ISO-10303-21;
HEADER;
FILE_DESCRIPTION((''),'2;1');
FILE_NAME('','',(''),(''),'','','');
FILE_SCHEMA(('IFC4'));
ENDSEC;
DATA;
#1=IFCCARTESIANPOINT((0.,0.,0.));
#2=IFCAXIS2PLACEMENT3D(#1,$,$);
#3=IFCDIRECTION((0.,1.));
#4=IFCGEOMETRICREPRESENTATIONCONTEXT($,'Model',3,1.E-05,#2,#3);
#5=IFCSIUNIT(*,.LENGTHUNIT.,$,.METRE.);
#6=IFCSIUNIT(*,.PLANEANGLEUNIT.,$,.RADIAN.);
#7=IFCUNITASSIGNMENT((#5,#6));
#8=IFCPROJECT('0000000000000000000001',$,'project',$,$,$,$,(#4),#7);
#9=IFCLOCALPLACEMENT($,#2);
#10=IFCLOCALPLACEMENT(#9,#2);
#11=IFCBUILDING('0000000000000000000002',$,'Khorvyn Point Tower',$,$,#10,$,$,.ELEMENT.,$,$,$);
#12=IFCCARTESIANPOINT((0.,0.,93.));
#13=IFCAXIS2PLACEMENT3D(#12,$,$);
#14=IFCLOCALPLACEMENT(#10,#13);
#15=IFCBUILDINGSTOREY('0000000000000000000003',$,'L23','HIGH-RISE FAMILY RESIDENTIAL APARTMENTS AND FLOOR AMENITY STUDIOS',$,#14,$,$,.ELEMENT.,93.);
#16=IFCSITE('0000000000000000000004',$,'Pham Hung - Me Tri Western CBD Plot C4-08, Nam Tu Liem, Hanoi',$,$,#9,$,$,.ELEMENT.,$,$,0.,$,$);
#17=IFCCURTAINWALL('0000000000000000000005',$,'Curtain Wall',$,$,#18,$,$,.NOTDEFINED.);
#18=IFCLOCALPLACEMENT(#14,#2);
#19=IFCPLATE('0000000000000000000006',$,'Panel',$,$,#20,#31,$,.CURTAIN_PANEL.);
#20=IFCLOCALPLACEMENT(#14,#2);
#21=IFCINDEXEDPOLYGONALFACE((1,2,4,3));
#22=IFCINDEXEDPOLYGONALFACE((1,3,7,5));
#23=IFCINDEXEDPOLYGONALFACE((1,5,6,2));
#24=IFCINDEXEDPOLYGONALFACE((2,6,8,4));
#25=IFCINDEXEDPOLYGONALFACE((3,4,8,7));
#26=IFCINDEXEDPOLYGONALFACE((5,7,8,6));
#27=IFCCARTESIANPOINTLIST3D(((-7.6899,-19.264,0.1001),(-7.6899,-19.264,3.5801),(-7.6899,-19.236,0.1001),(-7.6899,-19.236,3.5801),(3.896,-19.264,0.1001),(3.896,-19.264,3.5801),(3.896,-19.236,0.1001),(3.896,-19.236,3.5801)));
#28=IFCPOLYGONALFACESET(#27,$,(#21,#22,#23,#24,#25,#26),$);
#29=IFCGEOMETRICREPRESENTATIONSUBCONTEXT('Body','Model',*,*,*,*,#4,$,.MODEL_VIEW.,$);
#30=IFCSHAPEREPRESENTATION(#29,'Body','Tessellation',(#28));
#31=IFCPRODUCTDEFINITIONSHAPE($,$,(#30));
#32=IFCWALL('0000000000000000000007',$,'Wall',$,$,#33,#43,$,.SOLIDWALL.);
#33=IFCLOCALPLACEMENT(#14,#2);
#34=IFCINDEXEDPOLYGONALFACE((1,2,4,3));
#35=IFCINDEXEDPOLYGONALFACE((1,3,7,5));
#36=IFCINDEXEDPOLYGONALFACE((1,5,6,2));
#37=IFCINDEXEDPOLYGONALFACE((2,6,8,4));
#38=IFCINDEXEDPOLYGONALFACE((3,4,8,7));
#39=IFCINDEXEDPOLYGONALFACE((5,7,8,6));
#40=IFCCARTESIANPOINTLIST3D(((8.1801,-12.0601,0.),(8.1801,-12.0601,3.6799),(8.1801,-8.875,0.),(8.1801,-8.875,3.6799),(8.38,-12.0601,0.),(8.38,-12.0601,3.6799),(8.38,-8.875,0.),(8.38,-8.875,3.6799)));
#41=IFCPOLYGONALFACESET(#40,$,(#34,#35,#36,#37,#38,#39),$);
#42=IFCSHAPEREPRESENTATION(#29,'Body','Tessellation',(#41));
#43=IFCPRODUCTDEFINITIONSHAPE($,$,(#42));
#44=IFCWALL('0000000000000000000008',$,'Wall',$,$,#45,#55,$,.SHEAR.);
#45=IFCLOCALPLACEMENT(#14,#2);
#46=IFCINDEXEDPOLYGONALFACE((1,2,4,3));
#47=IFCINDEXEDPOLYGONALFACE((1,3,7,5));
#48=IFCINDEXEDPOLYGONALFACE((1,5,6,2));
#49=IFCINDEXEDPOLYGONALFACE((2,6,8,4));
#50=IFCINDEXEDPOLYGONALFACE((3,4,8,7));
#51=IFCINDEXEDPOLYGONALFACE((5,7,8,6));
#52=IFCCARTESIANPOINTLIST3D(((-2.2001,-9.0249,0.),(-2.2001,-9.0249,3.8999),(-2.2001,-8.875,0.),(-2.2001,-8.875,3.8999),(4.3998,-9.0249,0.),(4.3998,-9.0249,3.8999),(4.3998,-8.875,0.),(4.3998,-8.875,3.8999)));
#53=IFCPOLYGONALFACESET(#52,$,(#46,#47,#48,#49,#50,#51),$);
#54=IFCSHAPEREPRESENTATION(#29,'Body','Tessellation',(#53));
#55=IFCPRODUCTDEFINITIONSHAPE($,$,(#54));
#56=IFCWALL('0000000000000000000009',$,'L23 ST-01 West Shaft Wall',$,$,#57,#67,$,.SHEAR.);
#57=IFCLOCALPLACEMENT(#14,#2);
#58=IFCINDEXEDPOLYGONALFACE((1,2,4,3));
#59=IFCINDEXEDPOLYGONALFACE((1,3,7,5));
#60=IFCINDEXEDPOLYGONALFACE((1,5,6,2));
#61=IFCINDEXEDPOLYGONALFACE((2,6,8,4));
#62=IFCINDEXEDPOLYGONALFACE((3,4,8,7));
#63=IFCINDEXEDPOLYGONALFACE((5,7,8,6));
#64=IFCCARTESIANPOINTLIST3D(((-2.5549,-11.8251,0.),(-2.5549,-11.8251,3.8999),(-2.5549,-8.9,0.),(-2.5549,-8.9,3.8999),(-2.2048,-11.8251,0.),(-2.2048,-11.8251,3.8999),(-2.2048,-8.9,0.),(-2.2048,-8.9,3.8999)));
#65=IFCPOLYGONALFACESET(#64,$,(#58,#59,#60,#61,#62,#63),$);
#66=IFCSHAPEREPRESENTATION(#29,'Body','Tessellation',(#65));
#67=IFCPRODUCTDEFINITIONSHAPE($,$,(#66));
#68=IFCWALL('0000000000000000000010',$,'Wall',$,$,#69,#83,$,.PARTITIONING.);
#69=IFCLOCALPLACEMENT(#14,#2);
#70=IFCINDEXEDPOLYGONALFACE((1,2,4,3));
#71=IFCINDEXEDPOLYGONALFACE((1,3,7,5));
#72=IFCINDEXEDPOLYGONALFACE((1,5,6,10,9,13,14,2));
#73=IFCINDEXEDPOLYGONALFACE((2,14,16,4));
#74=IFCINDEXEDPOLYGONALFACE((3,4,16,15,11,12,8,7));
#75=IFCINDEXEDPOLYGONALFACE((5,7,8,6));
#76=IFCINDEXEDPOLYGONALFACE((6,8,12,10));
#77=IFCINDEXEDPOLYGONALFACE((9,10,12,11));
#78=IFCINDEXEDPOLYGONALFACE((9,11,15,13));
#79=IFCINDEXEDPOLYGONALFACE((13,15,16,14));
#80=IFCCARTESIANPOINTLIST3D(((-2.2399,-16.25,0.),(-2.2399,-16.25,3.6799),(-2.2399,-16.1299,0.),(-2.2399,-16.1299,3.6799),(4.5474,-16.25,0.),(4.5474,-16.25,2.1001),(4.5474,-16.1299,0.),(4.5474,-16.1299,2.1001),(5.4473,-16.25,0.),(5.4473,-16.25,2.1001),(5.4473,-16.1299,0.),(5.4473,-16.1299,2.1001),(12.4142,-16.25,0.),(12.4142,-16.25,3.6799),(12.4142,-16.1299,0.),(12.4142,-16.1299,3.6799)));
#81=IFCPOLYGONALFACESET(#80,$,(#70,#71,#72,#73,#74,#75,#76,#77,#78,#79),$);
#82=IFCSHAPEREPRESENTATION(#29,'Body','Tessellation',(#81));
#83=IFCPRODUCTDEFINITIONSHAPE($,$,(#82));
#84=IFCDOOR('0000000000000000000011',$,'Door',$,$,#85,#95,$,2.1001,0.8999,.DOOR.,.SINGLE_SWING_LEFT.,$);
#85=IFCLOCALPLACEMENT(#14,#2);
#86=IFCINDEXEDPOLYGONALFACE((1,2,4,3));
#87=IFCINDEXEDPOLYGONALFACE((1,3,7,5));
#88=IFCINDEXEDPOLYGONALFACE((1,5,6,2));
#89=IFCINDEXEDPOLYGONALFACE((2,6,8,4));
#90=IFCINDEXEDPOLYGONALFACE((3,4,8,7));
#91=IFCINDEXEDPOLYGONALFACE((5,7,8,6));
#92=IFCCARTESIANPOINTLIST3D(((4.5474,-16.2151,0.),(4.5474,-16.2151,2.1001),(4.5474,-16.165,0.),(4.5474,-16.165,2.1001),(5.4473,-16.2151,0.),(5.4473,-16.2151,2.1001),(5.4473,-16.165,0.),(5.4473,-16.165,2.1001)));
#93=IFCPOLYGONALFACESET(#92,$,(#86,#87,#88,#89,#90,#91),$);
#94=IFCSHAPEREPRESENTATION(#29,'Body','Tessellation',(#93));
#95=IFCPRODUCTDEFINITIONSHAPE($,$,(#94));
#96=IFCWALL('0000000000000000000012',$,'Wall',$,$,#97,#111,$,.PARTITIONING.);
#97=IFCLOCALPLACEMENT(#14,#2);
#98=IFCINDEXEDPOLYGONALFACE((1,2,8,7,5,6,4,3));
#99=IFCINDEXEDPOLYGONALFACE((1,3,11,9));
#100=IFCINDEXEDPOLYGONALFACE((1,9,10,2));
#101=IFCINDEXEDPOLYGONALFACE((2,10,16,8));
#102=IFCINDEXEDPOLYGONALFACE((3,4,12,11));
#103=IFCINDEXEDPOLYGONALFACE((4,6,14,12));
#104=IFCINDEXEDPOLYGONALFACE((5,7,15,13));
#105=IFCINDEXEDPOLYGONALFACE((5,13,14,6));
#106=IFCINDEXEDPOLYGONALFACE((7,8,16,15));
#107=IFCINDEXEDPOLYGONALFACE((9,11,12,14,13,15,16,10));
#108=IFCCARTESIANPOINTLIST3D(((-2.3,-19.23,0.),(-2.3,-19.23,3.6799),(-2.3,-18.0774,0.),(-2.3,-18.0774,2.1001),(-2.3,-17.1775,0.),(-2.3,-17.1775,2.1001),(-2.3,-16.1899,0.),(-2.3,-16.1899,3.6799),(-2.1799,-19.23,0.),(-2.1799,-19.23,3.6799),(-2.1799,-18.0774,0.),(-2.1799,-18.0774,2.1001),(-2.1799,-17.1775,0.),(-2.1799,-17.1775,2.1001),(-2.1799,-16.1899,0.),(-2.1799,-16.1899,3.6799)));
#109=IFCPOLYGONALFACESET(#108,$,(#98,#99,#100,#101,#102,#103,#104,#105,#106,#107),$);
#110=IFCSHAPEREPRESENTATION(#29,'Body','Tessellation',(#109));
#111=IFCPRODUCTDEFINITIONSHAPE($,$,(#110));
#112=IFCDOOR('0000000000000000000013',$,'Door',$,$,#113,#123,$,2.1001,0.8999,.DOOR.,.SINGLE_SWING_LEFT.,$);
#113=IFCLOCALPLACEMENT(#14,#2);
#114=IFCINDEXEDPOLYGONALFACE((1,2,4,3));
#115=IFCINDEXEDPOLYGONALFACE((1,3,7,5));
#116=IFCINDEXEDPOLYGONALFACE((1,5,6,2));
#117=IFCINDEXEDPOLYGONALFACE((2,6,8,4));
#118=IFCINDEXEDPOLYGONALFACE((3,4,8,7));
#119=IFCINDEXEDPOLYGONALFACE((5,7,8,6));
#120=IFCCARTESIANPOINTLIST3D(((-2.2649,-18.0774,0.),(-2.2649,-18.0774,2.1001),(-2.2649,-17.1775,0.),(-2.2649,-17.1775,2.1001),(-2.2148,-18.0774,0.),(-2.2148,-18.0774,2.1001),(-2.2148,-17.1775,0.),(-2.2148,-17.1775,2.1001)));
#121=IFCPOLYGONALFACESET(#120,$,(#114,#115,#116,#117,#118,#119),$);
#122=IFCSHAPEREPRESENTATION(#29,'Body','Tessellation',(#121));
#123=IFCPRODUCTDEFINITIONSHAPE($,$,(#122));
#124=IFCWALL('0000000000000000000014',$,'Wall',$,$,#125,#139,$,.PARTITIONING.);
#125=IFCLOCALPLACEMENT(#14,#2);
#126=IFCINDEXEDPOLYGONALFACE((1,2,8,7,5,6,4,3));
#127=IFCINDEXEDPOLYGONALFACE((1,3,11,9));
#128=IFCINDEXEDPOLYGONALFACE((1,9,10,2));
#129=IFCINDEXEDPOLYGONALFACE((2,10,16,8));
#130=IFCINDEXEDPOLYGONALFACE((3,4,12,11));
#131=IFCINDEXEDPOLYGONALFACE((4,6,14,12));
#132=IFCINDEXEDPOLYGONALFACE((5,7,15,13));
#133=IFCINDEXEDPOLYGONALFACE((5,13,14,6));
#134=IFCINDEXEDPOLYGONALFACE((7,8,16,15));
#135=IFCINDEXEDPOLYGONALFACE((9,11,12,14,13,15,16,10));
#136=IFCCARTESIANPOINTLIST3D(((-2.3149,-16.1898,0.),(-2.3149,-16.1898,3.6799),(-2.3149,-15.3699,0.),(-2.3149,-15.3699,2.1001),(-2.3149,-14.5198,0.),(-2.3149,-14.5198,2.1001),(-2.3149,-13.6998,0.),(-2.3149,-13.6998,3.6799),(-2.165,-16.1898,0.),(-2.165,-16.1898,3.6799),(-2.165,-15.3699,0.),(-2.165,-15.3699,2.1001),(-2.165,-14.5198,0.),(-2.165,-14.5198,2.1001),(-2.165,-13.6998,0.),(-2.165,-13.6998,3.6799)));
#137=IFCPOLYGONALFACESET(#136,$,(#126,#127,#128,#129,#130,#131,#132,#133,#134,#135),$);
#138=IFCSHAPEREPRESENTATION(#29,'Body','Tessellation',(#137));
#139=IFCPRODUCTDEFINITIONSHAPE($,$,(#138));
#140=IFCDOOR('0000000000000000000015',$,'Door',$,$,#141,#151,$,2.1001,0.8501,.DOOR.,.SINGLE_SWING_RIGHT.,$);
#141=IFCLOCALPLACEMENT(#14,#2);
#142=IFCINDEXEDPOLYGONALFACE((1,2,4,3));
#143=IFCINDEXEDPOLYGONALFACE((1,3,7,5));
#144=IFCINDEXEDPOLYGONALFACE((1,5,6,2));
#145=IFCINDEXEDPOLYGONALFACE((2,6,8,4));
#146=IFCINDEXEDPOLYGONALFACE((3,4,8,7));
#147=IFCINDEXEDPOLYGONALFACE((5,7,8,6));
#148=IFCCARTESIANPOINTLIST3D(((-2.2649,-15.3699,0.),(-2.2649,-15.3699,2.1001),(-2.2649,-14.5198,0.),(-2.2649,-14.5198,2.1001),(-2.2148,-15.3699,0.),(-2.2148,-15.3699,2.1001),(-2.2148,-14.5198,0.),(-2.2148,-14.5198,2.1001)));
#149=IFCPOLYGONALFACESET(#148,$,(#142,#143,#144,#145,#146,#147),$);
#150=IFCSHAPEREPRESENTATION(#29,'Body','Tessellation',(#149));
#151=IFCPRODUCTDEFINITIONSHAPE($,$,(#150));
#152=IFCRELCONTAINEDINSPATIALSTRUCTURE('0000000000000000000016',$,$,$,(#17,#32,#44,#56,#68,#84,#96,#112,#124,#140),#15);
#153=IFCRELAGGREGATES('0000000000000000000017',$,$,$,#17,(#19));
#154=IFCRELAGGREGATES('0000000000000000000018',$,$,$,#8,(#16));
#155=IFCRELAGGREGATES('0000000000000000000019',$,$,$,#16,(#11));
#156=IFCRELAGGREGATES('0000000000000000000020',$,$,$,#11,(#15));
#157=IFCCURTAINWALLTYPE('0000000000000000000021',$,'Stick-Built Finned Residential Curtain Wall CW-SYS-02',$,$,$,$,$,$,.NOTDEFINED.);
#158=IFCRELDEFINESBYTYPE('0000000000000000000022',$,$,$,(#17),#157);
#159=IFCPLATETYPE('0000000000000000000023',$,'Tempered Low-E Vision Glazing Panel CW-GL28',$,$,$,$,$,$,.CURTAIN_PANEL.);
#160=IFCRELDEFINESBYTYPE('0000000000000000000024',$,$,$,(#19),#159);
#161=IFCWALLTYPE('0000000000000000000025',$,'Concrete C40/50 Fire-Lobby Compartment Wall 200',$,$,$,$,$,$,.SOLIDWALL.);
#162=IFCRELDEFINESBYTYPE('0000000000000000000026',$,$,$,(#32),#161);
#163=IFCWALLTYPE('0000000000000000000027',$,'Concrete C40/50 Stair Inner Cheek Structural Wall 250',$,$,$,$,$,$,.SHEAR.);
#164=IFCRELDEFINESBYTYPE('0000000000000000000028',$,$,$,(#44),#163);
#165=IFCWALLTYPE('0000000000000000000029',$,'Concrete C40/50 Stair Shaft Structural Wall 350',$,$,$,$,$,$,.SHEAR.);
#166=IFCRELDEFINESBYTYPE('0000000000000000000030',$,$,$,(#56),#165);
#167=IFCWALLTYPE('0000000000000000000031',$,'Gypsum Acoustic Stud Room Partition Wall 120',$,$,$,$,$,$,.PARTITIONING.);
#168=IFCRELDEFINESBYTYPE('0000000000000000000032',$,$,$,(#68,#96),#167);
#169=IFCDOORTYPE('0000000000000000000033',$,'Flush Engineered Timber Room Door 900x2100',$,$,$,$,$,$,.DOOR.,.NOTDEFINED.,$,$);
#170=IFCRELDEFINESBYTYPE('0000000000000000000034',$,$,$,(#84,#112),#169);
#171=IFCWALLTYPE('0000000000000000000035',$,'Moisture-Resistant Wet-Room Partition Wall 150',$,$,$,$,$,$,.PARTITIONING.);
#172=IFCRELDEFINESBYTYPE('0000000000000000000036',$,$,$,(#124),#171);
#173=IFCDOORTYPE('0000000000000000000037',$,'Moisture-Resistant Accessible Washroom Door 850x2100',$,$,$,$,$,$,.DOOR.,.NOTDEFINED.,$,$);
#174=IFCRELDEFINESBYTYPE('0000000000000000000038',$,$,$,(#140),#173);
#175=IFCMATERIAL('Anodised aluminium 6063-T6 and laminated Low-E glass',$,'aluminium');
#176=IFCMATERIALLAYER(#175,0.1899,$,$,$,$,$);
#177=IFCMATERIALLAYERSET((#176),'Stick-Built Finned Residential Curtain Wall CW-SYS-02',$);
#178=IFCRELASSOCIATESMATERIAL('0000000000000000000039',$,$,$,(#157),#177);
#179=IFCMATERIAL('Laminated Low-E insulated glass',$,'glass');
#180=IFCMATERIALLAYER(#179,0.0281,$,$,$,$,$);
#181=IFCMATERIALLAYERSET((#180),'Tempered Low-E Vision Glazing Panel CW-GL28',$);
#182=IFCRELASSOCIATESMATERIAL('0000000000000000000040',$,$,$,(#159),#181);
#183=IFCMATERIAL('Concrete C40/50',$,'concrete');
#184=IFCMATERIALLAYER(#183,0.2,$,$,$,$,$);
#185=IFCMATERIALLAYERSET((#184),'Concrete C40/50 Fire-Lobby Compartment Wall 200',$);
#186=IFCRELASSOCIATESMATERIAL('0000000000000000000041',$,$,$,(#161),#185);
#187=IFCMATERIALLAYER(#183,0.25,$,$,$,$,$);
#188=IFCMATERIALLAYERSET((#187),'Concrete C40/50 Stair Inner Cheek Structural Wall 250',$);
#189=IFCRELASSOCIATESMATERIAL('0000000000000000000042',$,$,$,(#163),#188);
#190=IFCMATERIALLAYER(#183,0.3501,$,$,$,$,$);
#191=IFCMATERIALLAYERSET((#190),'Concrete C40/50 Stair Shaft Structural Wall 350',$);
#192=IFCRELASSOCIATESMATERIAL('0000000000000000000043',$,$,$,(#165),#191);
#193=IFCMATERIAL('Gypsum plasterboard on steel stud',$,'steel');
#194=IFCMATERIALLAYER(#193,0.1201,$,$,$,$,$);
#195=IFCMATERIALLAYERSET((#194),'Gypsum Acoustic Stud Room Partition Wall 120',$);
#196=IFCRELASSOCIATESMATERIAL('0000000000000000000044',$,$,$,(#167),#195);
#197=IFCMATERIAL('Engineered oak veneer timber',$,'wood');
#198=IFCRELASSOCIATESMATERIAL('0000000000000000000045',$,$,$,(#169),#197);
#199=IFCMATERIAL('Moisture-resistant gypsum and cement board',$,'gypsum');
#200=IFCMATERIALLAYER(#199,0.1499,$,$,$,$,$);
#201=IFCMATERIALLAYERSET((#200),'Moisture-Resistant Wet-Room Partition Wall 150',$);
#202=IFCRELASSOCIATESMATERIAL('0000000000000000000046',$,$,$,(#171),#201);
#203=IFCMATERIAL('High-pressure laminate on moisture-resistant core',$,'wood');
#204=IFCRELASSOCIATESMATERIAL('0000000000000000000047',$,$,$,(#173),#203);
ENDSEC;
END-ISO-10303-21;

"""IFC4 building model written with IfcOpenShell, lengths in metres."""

from ifc_helpers import new_model, si_unit, direction, frame, frame_2d, origin, origin_2d, place, context, subcontext, project, spatial, rectangle, extrude, material, layer, layer_set, type_object, element, fill, aggregate, save


model = new_model("IFC4")

# Units and contexts
model_context = context("Model", 3, precision=1e-05, world=origin(), true_north=direction((0.0, 1.0)))
body_context = subcontext(model_context, "Body", "Model", "MODEL_VIEW")
ifc_project = project(units=[si_unit("LENGTHUNIT", "METRE"), si_unit("PLANEANGLEUNIT", "RADIAN")], contexts=[model_context])

# Site, building, storey
site_placement = place(None, origin())
site = spatial("IfcSite", under=ifc_project, at=site_placement, Name="Pham Hung - Me Tri Western CBD Plot C4-08, Nam Tu Liem, Hanoi", CompositionType="ELEMENT", RefElevation=0.0)
building_placement = place(site_placement, origin())
building = spatial("IfcBuilding", under=site, at=building_placement, Name="Khorvyn Point Tower", CompositionType="ELEMENT")
storey_placement = place(building_placement, frame((0.0, 0.0, 93.0)))
storey = spatial("IfcBuildingStorey", under=building, at=storey_placement, Name="L23", Description="HIGH-RISE FAMILY RESIDENTIAL APARTMENTS AND FLOOR AMENITY STUDIOS", CompositionType="ELEMENT", Elevation=93.0)

# Curtain wall
ifc_material_1 = material(Name="Anodised aluminium 6063-T6 and laminated Low-E glass", Category="aluminium")
ifc_layer_1 = layer(ifc_material_1, 0.1899)
ifc_layer_set_1 = layer_set([ifc_layer_1], Name="Stick-Built Finned Residential Curtain Wall CW-SYS-02")
curtain_wall_type = type_object("IfcCurtainWallType", Name="Stick-Built Finned Residential Curtain Wall CW-SYS-02", PredefinedType="NOTDEFINED", material=ifc_layer_set_1)
curtain_wall_placement = place(storey_placement, origin())
curtain_wall = element("IfcCurtainWall", 1, at=curtain_wall_placement, inside=storey, type_object=curtain_wall_type, Name="Curtain Wall", PredefinedType="NOTDEFINED")

# Plate
ifc_material_2 = material(Name="Laminated Low-E insulated glass", Category="glass")
ifc_layer_2 = layer(ifc_material_2, 0.0281)
ifc_layer_set_2 = layer_set([ifc_layer_2], Name="Tempered Low-E Vision Glazing Panel CW-GL28")
plate_type = type_object("IfcPlateType", Name="Tempered Low-E Vision Glazing Panel CW-GL28", PredefinedType="CURTAIN_PANEL", material=ifc_layer_set_2)
plate_1_placement = place(storey_placement, frame((-1.897, -19.25, 0.1001), z_axis=(0.0, 0.0, 1.0), x_axis=(-1.0, 0.0, 0.0)))
plate_1 = element("IfcPlate", 2, at=plate_1_placement, type_object=plate_type, Name="Panel", PredefinedType="CURTAIN_PANEL", context=body_context, shape_type="SweptSolid", body=[
    extrude(rectangle(XDim=11.5859, YDim=0.0281, at=origin_2d()), origin(), (0.0, 0.0, 1.0), 3.48),
])
aggregate(curtain_wall, [plate_1])

# Shared definitions
ifc_material_3 = material(Name="Concrete C40/50", Category="concrete")
ifc_layer_3 = layer(ifc_material_3, 0.2)
ifc_layer_set_3 = layer_set([ifc_layer_3], Name="Concrete C40/50 Fire-Lobby Compartment Wall 200")
wall_type_1 = type_object("IfcWallType", Name="Concrete C40/50 Fire-Lobby Compartment Wall 200", PredefinedType="SOLIDWALL", material=ifc_layer_set_3)

# Walls
wall_1_placement = place(storey_placement, frame((8.28, -12.0601, 0.0), z_axis=(0.0, 0.0, 1.0), x_axis=(0.0, 1.0, 0.0)))
element("IfcWall", 3, at=wall_1_placement, inside=storey, type_object=wall_type_1, Name="Wall", PredefinedType="SOLIDWALL", context=body_context, shape_type="SweptSolid", body=[
    extrude(rectangle(XDim=3.1851, YDim=0.2, at=frame_2d((1.5925, 0.0))), origin(), (0.0, 0.0, 1.0), 3.6799),
])
ifc_layer_4 = layer(ifc_material_3, 0.25)
ifc_layer_set_4 = layer_set([ifc_layer_4], Name="Concrete C40/50 Stair Inner Cheek Structural Wall 250")
wall_type_2 = type_object("IfcWallType", Name="Concrete C40/50 Stair Inner Cheek Structural Wall 250", PredefinedType="SHEAR", material=ifc_layer_set_4)
wall_2_placement = place(storey_placement, frame((-2.2, -8.95, 0.0), z_axis=(0.0, 0.0, 1.0), x_axis=(1.0, 0.0, 0.0)))
element("IfcWall", 4, at=wall_2_placement, inside=storey, type_object=wall_type_2, Name="Wall", PredefinedType="SHEAR", context=body_context, shape_type="SweptSolid", body=[
    extrude(rectangle(XDim=6.5999, YDim=0.1499, at=frame_2d((3.2998, 0.0))), origin(), (0.0, 0.0, 1.0), 3.8999),
])
ifc_layer_5 = layer(ifc_material_3, 0.3501)
ifc_layer_set_5 = layer_set([ifc_layer_5], Name="Concrete C40/50 Stair Shaft Structural Wall 350")
wall_type_3 = type_object("IfcWallType", Name="Concrete C40/50 Stair Shaft Structural Wall 350", PredefinedType="SHEAR", material=ifc_layer_set_5)
wall_3_placement = place(storey_placement, frame((-2.3799, -11.825, 0.0), z_axis=(0.0, 0.0, 1.0), x_axis=(0.0, 1.0, 0.0)))
element("IfcWall", 5, at=wall_3_placement, inside=storey, type_object=wall_type_3, Name="L23 ST-01 West Shaft Wall", PredefinedType="SHEAR", context=body_context, shape_type="SweptSolid", body=[
    extrude(rectangle(XDim=2.925, YDim=0.3501, at=frame_2d((1.4624, 0.0))), origin(), (0.0, 0.0, 1.0), 3.8999),
])

# Walls, openings, doors
ifc_material_4 = material(Name="Gypsum plasterboard on steel stud", Category="steel")
ifc_layer_6 = layer(ifc_material_4, 0.1201)
ifc_layer_set_6 = layer_set([ifc_layer_6], Name="Gypsum Acoustic Stud Room Partition Wall 120")
wall_type_4 = type_object("IfcWallType", Name="Gypsum Acoustic Stud Room Partition Wall 120", PredefinedType="PARTITIONING", material=ifc_layer_set_6)
wall_4_placement = place(storey_placement, frame((-2.24, -16.1899, 0.0), z_axis=(0.0, 0.0, 1.0), x_axis=(1.0, 0.0, 0.0)))
wall_4 = element("IfcWall", 6, at=wall_4_placement, inside=storey, type_object=wall_type_4, Name="Wall", PredefinedType="PARTITIONING", context=body_context, shape_type="SweptSolid", body=[
    extrude(rectangle(XDim=14.6541, YDim=0.1201, at=frame_2d((7.3271, 0.0))), origin(), (0.0, 0.0, 1.0), 3.6799),
])
opening_1_placement = place(wall_4_placement, frame((6.7874, 0.0, 0.0)))
opening_1 = element("IfcOpeningElement", 7, at=opening_1_placement, cuts=wall_4, PredefinedType="OPENING", context=body_context, shape_type="SweptSolid", body=[
    extrude(rectangle(XDim=0.8999, YDim=2.1001, at=frame_2d((0.45, 1.05))), frame((0.0, 0.0701, 0.0), z_axis=(0.0, -1.0, 0.0), x_axis=(1.0, 0.0, 0.0)), (0.0, 0.0, 1.0), 0.1401),
])
ifc_material_5 = material(Name="Engineered oak veneer timber", Category="wood")
door_type_1 = type_object("IfcDoorType", Name="Flush Engineered Timber Room Door 900x2100", OperationType="NOTDEFINED", PredefinedType="DOOR", material=ifc_material_5)
door_1_placement = place(opening_1_placement, origin())
door_1 = element("IfcDoor", 8, at=door_1_placement, inside=storey, type_object=door_type_1, Name="Door", OperationType="SINGLE_SWING_LEFT", OverallHeight=2.1001, OverallWidth=0.8999, PredefinedType="DOOR", context=body_context, shape_type="SweptSolid", body=[
    extrude(rectangle(XDim=0.8999, YDim=2.1001, at=frame_2d((0.45, 1.05))), frame((0.0, 0.0249, 0.0), z_axis=(0.0, -1.0, 0.0), x_axis=(1.0, 0.0, 0.0)), (0.0, 0.0, 1.0), 0.05),
])
fill(opening_1, door_1)
wall_5_placement = place(storey_placement, frame((-2.24, -19.23, 0.0), z_axis=(0.0, 0.0, 1.0), x_axis=(0.0, 1.0, 0.0)))
wall_5 = element("IfcWall", 9, at=wall_5_placement, inside=storey, type_object=wall_type_4, Name="Wall", PredefinedType="PARTITIONING", context=body_context, shape_type="SweptSolid", body=[
    extrude(rectangle(XDim=3.04, YDim=0.1201, at=frame_2d((1.52, 0.0))), origin(), (0.0, 0.0, 1.0), 3.6799),
])
opening_2_placement = place(wall_5_placement, frame((1.1526, 0.0, 0.0)))
opening_2 = element("IfcOpeningElement", 10, at=opening_2_placement, cuts=wall_5, PredefinedType="OPENING", context=body_context, shape_type="SweptSolid", body=[
    extrude(rectangle(XDim=0.8999, YDim=2.1001, at=frame_2d((0.45, 1.05))), frame((0.0, 0.0701, 0.0), z_axis=(0.0, -1.0, 0.0), x_axis=(1.0, 0.0, 0.0)), (0.0, 0.0, 1.0), 0.1401),
])
door_2_placement = place(opening_2_placement, origin())
door_2 = element("IfcDoor", 11, at=door_2_placement, inside=storey, type_object=door_type_1, Name="Door", OperationType="SINGLE_SWING_LEFT", OverallHeight=2.1001, OverallWidth=0.8999, PredefinedType="DOOR", context=body_context, shape_type="SweptSolid", body=[
    extrude(rectangle(XDim=0.8999, YDim=2.1001, at=frame_2d((0.45, 1.05))), frame((0.0, 0.0249, 0.0), z_axis=(0.0, -1.0, 0.0), x_axis=(1.0, 0.0, 0.0)), (0.0, 0.0, 1.0), 0.05),
])
fill(opening_2, door_2)
ifc_material_6 = material(Name="Moisture-resistant gypsum and cement board", Category="gypsum")
ifc_layer_7 = layer(ifc_material_6, 0.1499)
ifc_layer_set_7 = layer_set([ifc_layer_7], Name="Moisture-Resistant Wet-Room Partition Wall 150")
wall_type_5 = type_object("IfcWallType", Name="Moisture-Resistant Wet-Room Partition Wall 150", PredefinedType="PARTITIONING", material=ifc_layer_set_7)
wall_6_placement = place(storey_placement, frame((-2.24, -16.1899, 0.0), z_axis=(0.0, 0.0, 1.0), x_axis=(0.0, 1.0, 0.0)))
wall_6 = element("IfcWall", 12, at=wall_6_placement, inside=storey, type_object=wall_type_5, Name="Wall", PredefinedType="PARTITIONING", context=body_context, shape_type="SweptSolid", body=[
    extrude(rectangle(XDim=2.49, YDim=0.1499, at=frame_2d((1.2451, 0.0))), origin(), (0.0, 0.0, 1.0), 3.6799),
])
opening_3_placement = place(wall_6_placement, frame((0.8201, 0.0, 0.0)))
opening_3 = element("IfcOpeningElement", 13, at=opening_3_placement, cuts=wall_6, PredefinedType="OPENING", context=body_context, shape_type="SweptSolid", body=[
    extrude(rectangle(XDim=0.8501, YDim=2.1001, at=frame_2d((0.425, 1.05))), frame((0.0, 0.085, 0.0), z_axis=(0.0, -1.0, 0.0), x_axis=(1.0, 0.0, 0.0)), (0.0, 0.0, 1.0), 0.1699),
])
ifc_material_7 = material(Name="High-pressure laminate on moisture-resistant core", Category="wood")
door_type_2 = type_object("IfcDoorType", Name="Moisture-Resistant Accessible Washroom Door 850x2100", OperationType="NOTDEFINED", PredefinedType="DOOR", material=ifc_material_7)
door_3_placement = place(opening_3_placement, origin())
door_3 = element("IfcDoor", 14, at=door_3_placement, inside=storey, type_object=door_type_2, Name="Door", OperationType="SINGLE_SWING_RIGHT", OverallHeight=2.1001, OverallWidth=0.8501, PredefinedType="DOOR", context=body_context, shape_type="SweptSolid", body=[
    extrude(rectangle(XDim=0.8501, YDim=2.1001, at=frame_2d((0.425, 1.05))), frame((0.0, 0.0249, 0.0), z_axis=(0.0, -1.0, 0.0), x_axis=(1.0, 0.0, 0.0)), (0.0, 0.0, 1.0), 0.05),
])
fill(opening_3, door_3)

save(model, "model.ifc")
